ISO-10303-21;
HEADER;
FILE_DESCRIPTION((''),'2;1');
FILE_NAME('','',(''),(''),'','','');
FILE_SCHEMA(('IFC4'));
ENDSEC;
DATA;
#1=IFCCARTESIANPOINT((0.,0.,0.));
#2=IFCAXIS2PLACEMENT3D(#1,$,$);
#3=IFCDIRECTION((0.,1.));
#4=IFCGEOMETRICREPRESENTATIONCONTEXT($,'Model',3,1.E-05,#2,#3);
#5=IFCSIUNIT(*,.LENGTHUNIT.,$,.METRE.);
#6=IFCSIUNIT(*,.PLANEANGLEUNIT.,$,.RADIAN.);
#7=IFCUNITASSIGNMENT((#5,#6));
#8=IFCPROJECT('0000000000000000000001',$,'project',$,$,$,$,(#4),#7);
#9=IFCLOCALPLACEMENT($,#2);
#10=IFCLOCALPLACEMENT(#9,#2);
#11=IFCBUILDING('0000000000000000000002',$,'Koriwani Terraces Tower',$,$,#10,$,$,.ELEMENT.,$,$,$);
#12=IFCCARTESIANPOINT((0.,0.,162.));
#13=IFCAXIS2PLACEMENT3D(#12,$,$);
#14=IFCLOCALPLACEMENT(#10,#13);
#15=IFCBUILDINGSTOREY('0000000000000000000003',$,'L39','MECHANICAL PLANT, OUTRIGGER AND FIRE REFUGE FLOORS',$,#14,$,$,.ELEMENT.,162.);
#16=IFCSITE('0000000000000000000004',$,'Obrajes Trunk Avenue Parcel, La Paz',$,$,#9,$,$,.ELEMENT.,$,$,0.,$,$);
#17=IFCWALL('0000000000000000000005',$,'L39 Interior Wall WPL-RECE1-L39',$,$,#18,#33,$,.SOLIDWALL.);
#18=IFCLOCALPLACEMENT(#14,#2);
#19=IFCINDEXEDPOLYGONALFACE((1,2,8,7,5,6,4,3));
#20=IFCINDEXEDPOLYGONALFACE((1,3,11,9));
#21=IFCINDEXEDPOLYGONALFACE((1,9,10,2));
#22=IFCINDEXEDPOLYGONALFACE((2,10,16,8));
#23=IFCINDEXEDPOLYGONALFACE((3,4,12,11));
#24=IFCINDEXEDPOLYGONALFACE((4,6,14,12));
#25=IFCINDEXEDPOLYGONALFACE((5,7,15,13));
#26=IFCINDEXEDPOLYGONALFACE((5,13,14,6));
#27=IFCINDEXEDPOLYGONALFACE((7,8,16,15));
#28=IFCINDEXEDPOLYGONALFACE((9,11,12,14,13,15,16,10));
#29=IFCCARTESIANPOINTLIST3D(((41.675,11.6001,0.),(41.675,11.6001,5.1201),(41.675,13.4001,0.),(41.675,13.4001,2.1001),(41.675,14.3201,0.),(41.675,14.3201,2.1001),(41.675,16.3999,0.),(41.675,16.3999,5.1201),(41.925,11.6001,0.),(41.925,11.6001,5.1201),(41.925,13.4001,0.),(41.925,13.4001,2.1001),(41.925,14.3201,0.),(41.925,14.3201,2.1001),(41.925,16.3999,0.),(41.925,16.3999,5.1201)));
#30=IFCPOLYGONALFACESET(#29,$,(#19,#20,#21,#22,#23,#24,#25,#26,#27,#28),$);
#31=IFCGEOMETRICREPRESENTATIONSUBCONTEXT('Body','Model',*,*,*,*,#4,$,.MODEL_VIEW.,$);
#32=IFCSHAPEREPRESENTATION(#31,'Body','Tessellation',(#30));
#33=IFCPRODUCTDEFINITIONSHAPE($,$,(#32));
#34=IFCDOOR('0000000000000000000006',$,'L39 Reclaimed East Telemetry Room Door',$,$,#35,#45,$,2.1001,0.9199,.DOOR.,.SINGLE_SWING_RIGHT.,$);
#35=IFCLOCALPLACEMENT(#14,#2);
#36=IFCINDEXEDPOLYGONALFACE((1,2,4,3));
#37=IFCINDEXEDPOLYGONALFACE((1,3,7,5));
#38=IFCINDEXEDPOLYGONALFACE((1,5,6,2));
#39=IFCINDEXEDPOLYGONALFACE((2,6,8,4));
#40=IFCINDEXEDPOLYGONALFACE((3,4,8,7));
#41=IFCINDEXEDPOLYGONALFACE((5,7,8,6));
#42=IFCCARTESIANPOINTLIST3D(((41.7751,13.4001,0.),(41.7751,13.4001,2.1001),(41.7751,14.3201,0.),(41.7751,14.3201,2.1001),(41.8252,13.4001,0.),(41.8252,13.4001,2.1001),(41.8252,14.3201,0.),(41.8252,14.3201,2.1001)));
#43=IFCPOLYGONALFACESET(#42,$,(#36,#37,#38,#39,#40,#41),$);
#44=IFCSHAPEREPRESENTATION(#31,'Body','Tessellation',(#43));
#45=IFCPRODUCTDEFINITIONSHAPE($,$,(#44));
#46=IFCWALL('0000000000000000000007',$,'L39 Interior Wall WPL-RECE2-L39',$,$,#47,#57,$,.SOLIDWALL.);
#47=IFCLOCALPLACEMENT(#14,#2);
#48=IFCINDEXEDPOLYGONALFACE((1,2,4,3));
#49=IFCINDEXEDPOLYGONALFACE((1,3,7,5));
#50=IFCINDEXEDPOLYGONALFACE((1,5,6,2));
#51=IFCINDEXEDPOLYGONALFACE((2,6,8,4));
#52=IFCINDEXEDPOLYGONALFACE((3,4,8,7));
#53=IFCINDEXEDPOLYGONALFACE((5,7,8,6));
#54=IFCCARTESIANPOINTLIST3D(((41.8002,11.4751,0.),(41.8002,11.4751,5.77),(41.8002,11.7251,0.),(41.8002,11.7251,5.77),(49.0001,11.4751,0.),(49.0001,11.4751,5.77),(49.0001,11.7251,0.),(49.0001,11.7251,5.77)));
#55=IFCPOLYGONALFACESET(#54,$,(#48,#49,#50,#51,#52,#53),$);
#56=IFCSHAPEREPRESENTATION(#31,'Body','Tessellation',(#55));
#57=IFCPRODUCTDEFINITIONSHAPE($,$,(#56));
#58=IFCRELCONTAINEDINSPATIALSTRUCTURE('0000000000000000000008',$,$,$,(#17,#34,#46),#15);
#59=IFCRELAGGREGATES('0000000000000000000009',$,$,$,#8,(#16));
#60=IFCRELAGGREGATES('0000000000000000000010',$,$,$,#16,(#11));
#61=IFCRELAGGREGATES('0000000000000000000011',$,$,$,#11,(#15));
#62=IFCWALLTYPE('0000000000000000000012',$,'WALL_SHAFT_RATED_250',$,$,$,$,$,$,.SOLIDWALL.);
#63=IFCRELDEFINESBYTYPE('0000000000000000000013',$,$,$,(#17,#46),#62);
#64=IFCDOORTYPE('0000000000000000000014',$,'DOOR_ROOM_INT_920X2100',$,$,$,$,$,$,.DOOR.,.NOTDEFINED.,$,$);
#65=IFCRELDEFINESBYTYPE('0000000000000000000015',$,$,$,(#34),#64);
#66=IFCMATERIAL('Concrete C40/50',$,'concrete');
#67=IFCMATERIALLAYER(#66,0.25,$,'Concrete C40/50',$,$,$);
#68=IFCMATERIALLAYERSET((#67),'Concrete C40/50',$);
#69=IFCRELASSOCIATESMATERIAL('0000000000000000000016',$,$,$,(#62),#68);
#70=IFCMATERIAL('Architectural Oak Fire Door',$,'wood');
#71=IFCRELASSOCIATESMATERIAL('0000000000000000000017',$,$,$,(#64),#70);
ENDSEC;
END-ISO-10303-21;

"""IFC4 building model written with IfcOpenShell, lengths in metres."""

from ifc_helpers import new_model, si_unit, direction, frame, frame_2d, origin, place, context, subcontext, project, spatial, rectangle, extrude, material, layer, layer_set, type_object, element, fill, save


model = new_model("IFC4")

# Units and contexts
model_context = context("Model", 3, precision=1e-05, world=origin(), true_north=direction((0.0, 1.0)))
body_context = subcontext(model_context, "Body", "Model", "MODEL_VIEW")
ifc_project = project(units=[si_unit("LENGTHUNIT", "METRE"), si_unit("PLANEANGLEUNIT", "RADIAN")], contexts=[model_context])

# Site, building, storey
site_placement = place(None, origin())
site = spatial("IfcSite", under=ifc_project, at=site_placement, Name="Obrajes Trunk Avenue Parcel, La Paz", CompositionType="ELEMENT", RefElevation=0.0)
building_placement = place(site_placement, origin())
building = spatial("IfcBuilding", under=site, at=building_placement, Name="Koriwani Terraces Tower", CompositionType="ELEMENT")
storey_placement = place(building_placement, frame((0.0, 0.0, 162.0)))
storey = spatial("IfcBuildingStorey", under=building, at=storey_placement, Name="L39", Description="MECHANICAL PLANT, OUTRIGGER AND FIRE REFUGE FLOORS", CompositionType="ELEMENT", Elevation=162.0)

# Wall, opening, door
ifc_material_1 = material(Name="Concrete C40/50", Category="concrete")
ifc_layer_1 = layer(ifc_material_1, 0.25, Name="Concrete C40/50")
ifc_layer_set_1 = layer_set([ifc_layer_1], Name="Concrete C40/50")
wall_type_1 = type_object("IfcWallType", Name="WALL_SHAFT_RATED_250", PredefinedType="SOLIDWALL", material=ifc_layer_set_1)
wall_1_placement = place(storey_placement, frame((41.8, 11.6001, 0.0), z_axis=(0.0, 0.0, 1.0), x_axis=(0.0, 1.0, 0.0)))
wall_1 = element("IfcWall", 1, at=wall_1_placement, inside=storey, type_object=wall_type_1, Name="L39 Interior Wall WPL-RECE1-L39", PredefinedType="SOLIDWALL", context=body_context, shape_type="SweptSolid", body=[
    extrude(rectangle(XDim=4.7998, YDim=0.25, at=frame_2d((2.3999, 0.0))), origin(), (0.0, 0.0, 1.0), 5.1201),
])
opening_placement = place(wall_1_placement, frame((1.8, 0.0, 0.0)))
opening = element("IfcOpeningElement", 2, at=opening_placement, cuts=wall_1, PredefinedType="OPENING", context=body_context, shape_type="SweptSolid", body=[
    extrude(rectangle(XDim=0.9199, YDim=2.1001, at=frame_2d((0.46, 1.05))), frame((0.0, 0.135, 0.0), z_axis=(0.0, -1.0, 0.0), x_axis=(1.0, 0.0, 0.0)), (0.0, 0.0, 1.0), 0.27),
])
ifc_material_2 = material(Name="Architectural Oak Fire Door", Category="wood")
door_type = type_object("IfcDoorType", Name="DOOR_ROOM_INT_920X2100", OperationType="NOTDEFINED", PredefinedType="DOOR", material=ifc_material_2)
door_placement = place(opening_placement, origin())
door = element("IfcDoor", 3, at=door_placement, inside=storey, type_object=door_type, Name="L39 Reclaimed East Telemetry Room Door", OperationType="SINGLE_SWING_RIGHT", OverallHeight=2.1001, OverallWidth=0.9199, PredefinedType="DOOR", context=body_context, shape_type="SweptSolid", body=[
    extrude(rectangle(XDim=0.9199, YDim=2.1001, at=frame_2d((0.46, 1.05))), frame((0.0, 0.0249, 0.0), z_axis=(0.0, -1.0, 0.0), x_axis=(1.0, 0.0, 0.0)), (0.0, 0.0, 1.0), 0.05),
])
fill(opening, door)

# Wall
wall_2_placement = place(storey_placement, frame((41.8, 11.6001, 0.0), z_axis=(0.0, 0.0, 1.0), x_axis=(1.0, 0.0, 0.0)))
element("IfcWall", 4, at=wall_2_placement, inside=storey, type_object=wall_type_1, Name="L39 Interior Wall WPL-RECE2-L39", PredefinedType="SOLIDWALL", context=body_context, shape_type="SweptSolid", body=[
    extrude(rectangle(XDim=7.2, YDim=0.25, at=frame_2d((3.6001, 0.0))), origin(), (0.0, 0.0, 1.0), 5.77),
])

save(model, "model.ifc")
